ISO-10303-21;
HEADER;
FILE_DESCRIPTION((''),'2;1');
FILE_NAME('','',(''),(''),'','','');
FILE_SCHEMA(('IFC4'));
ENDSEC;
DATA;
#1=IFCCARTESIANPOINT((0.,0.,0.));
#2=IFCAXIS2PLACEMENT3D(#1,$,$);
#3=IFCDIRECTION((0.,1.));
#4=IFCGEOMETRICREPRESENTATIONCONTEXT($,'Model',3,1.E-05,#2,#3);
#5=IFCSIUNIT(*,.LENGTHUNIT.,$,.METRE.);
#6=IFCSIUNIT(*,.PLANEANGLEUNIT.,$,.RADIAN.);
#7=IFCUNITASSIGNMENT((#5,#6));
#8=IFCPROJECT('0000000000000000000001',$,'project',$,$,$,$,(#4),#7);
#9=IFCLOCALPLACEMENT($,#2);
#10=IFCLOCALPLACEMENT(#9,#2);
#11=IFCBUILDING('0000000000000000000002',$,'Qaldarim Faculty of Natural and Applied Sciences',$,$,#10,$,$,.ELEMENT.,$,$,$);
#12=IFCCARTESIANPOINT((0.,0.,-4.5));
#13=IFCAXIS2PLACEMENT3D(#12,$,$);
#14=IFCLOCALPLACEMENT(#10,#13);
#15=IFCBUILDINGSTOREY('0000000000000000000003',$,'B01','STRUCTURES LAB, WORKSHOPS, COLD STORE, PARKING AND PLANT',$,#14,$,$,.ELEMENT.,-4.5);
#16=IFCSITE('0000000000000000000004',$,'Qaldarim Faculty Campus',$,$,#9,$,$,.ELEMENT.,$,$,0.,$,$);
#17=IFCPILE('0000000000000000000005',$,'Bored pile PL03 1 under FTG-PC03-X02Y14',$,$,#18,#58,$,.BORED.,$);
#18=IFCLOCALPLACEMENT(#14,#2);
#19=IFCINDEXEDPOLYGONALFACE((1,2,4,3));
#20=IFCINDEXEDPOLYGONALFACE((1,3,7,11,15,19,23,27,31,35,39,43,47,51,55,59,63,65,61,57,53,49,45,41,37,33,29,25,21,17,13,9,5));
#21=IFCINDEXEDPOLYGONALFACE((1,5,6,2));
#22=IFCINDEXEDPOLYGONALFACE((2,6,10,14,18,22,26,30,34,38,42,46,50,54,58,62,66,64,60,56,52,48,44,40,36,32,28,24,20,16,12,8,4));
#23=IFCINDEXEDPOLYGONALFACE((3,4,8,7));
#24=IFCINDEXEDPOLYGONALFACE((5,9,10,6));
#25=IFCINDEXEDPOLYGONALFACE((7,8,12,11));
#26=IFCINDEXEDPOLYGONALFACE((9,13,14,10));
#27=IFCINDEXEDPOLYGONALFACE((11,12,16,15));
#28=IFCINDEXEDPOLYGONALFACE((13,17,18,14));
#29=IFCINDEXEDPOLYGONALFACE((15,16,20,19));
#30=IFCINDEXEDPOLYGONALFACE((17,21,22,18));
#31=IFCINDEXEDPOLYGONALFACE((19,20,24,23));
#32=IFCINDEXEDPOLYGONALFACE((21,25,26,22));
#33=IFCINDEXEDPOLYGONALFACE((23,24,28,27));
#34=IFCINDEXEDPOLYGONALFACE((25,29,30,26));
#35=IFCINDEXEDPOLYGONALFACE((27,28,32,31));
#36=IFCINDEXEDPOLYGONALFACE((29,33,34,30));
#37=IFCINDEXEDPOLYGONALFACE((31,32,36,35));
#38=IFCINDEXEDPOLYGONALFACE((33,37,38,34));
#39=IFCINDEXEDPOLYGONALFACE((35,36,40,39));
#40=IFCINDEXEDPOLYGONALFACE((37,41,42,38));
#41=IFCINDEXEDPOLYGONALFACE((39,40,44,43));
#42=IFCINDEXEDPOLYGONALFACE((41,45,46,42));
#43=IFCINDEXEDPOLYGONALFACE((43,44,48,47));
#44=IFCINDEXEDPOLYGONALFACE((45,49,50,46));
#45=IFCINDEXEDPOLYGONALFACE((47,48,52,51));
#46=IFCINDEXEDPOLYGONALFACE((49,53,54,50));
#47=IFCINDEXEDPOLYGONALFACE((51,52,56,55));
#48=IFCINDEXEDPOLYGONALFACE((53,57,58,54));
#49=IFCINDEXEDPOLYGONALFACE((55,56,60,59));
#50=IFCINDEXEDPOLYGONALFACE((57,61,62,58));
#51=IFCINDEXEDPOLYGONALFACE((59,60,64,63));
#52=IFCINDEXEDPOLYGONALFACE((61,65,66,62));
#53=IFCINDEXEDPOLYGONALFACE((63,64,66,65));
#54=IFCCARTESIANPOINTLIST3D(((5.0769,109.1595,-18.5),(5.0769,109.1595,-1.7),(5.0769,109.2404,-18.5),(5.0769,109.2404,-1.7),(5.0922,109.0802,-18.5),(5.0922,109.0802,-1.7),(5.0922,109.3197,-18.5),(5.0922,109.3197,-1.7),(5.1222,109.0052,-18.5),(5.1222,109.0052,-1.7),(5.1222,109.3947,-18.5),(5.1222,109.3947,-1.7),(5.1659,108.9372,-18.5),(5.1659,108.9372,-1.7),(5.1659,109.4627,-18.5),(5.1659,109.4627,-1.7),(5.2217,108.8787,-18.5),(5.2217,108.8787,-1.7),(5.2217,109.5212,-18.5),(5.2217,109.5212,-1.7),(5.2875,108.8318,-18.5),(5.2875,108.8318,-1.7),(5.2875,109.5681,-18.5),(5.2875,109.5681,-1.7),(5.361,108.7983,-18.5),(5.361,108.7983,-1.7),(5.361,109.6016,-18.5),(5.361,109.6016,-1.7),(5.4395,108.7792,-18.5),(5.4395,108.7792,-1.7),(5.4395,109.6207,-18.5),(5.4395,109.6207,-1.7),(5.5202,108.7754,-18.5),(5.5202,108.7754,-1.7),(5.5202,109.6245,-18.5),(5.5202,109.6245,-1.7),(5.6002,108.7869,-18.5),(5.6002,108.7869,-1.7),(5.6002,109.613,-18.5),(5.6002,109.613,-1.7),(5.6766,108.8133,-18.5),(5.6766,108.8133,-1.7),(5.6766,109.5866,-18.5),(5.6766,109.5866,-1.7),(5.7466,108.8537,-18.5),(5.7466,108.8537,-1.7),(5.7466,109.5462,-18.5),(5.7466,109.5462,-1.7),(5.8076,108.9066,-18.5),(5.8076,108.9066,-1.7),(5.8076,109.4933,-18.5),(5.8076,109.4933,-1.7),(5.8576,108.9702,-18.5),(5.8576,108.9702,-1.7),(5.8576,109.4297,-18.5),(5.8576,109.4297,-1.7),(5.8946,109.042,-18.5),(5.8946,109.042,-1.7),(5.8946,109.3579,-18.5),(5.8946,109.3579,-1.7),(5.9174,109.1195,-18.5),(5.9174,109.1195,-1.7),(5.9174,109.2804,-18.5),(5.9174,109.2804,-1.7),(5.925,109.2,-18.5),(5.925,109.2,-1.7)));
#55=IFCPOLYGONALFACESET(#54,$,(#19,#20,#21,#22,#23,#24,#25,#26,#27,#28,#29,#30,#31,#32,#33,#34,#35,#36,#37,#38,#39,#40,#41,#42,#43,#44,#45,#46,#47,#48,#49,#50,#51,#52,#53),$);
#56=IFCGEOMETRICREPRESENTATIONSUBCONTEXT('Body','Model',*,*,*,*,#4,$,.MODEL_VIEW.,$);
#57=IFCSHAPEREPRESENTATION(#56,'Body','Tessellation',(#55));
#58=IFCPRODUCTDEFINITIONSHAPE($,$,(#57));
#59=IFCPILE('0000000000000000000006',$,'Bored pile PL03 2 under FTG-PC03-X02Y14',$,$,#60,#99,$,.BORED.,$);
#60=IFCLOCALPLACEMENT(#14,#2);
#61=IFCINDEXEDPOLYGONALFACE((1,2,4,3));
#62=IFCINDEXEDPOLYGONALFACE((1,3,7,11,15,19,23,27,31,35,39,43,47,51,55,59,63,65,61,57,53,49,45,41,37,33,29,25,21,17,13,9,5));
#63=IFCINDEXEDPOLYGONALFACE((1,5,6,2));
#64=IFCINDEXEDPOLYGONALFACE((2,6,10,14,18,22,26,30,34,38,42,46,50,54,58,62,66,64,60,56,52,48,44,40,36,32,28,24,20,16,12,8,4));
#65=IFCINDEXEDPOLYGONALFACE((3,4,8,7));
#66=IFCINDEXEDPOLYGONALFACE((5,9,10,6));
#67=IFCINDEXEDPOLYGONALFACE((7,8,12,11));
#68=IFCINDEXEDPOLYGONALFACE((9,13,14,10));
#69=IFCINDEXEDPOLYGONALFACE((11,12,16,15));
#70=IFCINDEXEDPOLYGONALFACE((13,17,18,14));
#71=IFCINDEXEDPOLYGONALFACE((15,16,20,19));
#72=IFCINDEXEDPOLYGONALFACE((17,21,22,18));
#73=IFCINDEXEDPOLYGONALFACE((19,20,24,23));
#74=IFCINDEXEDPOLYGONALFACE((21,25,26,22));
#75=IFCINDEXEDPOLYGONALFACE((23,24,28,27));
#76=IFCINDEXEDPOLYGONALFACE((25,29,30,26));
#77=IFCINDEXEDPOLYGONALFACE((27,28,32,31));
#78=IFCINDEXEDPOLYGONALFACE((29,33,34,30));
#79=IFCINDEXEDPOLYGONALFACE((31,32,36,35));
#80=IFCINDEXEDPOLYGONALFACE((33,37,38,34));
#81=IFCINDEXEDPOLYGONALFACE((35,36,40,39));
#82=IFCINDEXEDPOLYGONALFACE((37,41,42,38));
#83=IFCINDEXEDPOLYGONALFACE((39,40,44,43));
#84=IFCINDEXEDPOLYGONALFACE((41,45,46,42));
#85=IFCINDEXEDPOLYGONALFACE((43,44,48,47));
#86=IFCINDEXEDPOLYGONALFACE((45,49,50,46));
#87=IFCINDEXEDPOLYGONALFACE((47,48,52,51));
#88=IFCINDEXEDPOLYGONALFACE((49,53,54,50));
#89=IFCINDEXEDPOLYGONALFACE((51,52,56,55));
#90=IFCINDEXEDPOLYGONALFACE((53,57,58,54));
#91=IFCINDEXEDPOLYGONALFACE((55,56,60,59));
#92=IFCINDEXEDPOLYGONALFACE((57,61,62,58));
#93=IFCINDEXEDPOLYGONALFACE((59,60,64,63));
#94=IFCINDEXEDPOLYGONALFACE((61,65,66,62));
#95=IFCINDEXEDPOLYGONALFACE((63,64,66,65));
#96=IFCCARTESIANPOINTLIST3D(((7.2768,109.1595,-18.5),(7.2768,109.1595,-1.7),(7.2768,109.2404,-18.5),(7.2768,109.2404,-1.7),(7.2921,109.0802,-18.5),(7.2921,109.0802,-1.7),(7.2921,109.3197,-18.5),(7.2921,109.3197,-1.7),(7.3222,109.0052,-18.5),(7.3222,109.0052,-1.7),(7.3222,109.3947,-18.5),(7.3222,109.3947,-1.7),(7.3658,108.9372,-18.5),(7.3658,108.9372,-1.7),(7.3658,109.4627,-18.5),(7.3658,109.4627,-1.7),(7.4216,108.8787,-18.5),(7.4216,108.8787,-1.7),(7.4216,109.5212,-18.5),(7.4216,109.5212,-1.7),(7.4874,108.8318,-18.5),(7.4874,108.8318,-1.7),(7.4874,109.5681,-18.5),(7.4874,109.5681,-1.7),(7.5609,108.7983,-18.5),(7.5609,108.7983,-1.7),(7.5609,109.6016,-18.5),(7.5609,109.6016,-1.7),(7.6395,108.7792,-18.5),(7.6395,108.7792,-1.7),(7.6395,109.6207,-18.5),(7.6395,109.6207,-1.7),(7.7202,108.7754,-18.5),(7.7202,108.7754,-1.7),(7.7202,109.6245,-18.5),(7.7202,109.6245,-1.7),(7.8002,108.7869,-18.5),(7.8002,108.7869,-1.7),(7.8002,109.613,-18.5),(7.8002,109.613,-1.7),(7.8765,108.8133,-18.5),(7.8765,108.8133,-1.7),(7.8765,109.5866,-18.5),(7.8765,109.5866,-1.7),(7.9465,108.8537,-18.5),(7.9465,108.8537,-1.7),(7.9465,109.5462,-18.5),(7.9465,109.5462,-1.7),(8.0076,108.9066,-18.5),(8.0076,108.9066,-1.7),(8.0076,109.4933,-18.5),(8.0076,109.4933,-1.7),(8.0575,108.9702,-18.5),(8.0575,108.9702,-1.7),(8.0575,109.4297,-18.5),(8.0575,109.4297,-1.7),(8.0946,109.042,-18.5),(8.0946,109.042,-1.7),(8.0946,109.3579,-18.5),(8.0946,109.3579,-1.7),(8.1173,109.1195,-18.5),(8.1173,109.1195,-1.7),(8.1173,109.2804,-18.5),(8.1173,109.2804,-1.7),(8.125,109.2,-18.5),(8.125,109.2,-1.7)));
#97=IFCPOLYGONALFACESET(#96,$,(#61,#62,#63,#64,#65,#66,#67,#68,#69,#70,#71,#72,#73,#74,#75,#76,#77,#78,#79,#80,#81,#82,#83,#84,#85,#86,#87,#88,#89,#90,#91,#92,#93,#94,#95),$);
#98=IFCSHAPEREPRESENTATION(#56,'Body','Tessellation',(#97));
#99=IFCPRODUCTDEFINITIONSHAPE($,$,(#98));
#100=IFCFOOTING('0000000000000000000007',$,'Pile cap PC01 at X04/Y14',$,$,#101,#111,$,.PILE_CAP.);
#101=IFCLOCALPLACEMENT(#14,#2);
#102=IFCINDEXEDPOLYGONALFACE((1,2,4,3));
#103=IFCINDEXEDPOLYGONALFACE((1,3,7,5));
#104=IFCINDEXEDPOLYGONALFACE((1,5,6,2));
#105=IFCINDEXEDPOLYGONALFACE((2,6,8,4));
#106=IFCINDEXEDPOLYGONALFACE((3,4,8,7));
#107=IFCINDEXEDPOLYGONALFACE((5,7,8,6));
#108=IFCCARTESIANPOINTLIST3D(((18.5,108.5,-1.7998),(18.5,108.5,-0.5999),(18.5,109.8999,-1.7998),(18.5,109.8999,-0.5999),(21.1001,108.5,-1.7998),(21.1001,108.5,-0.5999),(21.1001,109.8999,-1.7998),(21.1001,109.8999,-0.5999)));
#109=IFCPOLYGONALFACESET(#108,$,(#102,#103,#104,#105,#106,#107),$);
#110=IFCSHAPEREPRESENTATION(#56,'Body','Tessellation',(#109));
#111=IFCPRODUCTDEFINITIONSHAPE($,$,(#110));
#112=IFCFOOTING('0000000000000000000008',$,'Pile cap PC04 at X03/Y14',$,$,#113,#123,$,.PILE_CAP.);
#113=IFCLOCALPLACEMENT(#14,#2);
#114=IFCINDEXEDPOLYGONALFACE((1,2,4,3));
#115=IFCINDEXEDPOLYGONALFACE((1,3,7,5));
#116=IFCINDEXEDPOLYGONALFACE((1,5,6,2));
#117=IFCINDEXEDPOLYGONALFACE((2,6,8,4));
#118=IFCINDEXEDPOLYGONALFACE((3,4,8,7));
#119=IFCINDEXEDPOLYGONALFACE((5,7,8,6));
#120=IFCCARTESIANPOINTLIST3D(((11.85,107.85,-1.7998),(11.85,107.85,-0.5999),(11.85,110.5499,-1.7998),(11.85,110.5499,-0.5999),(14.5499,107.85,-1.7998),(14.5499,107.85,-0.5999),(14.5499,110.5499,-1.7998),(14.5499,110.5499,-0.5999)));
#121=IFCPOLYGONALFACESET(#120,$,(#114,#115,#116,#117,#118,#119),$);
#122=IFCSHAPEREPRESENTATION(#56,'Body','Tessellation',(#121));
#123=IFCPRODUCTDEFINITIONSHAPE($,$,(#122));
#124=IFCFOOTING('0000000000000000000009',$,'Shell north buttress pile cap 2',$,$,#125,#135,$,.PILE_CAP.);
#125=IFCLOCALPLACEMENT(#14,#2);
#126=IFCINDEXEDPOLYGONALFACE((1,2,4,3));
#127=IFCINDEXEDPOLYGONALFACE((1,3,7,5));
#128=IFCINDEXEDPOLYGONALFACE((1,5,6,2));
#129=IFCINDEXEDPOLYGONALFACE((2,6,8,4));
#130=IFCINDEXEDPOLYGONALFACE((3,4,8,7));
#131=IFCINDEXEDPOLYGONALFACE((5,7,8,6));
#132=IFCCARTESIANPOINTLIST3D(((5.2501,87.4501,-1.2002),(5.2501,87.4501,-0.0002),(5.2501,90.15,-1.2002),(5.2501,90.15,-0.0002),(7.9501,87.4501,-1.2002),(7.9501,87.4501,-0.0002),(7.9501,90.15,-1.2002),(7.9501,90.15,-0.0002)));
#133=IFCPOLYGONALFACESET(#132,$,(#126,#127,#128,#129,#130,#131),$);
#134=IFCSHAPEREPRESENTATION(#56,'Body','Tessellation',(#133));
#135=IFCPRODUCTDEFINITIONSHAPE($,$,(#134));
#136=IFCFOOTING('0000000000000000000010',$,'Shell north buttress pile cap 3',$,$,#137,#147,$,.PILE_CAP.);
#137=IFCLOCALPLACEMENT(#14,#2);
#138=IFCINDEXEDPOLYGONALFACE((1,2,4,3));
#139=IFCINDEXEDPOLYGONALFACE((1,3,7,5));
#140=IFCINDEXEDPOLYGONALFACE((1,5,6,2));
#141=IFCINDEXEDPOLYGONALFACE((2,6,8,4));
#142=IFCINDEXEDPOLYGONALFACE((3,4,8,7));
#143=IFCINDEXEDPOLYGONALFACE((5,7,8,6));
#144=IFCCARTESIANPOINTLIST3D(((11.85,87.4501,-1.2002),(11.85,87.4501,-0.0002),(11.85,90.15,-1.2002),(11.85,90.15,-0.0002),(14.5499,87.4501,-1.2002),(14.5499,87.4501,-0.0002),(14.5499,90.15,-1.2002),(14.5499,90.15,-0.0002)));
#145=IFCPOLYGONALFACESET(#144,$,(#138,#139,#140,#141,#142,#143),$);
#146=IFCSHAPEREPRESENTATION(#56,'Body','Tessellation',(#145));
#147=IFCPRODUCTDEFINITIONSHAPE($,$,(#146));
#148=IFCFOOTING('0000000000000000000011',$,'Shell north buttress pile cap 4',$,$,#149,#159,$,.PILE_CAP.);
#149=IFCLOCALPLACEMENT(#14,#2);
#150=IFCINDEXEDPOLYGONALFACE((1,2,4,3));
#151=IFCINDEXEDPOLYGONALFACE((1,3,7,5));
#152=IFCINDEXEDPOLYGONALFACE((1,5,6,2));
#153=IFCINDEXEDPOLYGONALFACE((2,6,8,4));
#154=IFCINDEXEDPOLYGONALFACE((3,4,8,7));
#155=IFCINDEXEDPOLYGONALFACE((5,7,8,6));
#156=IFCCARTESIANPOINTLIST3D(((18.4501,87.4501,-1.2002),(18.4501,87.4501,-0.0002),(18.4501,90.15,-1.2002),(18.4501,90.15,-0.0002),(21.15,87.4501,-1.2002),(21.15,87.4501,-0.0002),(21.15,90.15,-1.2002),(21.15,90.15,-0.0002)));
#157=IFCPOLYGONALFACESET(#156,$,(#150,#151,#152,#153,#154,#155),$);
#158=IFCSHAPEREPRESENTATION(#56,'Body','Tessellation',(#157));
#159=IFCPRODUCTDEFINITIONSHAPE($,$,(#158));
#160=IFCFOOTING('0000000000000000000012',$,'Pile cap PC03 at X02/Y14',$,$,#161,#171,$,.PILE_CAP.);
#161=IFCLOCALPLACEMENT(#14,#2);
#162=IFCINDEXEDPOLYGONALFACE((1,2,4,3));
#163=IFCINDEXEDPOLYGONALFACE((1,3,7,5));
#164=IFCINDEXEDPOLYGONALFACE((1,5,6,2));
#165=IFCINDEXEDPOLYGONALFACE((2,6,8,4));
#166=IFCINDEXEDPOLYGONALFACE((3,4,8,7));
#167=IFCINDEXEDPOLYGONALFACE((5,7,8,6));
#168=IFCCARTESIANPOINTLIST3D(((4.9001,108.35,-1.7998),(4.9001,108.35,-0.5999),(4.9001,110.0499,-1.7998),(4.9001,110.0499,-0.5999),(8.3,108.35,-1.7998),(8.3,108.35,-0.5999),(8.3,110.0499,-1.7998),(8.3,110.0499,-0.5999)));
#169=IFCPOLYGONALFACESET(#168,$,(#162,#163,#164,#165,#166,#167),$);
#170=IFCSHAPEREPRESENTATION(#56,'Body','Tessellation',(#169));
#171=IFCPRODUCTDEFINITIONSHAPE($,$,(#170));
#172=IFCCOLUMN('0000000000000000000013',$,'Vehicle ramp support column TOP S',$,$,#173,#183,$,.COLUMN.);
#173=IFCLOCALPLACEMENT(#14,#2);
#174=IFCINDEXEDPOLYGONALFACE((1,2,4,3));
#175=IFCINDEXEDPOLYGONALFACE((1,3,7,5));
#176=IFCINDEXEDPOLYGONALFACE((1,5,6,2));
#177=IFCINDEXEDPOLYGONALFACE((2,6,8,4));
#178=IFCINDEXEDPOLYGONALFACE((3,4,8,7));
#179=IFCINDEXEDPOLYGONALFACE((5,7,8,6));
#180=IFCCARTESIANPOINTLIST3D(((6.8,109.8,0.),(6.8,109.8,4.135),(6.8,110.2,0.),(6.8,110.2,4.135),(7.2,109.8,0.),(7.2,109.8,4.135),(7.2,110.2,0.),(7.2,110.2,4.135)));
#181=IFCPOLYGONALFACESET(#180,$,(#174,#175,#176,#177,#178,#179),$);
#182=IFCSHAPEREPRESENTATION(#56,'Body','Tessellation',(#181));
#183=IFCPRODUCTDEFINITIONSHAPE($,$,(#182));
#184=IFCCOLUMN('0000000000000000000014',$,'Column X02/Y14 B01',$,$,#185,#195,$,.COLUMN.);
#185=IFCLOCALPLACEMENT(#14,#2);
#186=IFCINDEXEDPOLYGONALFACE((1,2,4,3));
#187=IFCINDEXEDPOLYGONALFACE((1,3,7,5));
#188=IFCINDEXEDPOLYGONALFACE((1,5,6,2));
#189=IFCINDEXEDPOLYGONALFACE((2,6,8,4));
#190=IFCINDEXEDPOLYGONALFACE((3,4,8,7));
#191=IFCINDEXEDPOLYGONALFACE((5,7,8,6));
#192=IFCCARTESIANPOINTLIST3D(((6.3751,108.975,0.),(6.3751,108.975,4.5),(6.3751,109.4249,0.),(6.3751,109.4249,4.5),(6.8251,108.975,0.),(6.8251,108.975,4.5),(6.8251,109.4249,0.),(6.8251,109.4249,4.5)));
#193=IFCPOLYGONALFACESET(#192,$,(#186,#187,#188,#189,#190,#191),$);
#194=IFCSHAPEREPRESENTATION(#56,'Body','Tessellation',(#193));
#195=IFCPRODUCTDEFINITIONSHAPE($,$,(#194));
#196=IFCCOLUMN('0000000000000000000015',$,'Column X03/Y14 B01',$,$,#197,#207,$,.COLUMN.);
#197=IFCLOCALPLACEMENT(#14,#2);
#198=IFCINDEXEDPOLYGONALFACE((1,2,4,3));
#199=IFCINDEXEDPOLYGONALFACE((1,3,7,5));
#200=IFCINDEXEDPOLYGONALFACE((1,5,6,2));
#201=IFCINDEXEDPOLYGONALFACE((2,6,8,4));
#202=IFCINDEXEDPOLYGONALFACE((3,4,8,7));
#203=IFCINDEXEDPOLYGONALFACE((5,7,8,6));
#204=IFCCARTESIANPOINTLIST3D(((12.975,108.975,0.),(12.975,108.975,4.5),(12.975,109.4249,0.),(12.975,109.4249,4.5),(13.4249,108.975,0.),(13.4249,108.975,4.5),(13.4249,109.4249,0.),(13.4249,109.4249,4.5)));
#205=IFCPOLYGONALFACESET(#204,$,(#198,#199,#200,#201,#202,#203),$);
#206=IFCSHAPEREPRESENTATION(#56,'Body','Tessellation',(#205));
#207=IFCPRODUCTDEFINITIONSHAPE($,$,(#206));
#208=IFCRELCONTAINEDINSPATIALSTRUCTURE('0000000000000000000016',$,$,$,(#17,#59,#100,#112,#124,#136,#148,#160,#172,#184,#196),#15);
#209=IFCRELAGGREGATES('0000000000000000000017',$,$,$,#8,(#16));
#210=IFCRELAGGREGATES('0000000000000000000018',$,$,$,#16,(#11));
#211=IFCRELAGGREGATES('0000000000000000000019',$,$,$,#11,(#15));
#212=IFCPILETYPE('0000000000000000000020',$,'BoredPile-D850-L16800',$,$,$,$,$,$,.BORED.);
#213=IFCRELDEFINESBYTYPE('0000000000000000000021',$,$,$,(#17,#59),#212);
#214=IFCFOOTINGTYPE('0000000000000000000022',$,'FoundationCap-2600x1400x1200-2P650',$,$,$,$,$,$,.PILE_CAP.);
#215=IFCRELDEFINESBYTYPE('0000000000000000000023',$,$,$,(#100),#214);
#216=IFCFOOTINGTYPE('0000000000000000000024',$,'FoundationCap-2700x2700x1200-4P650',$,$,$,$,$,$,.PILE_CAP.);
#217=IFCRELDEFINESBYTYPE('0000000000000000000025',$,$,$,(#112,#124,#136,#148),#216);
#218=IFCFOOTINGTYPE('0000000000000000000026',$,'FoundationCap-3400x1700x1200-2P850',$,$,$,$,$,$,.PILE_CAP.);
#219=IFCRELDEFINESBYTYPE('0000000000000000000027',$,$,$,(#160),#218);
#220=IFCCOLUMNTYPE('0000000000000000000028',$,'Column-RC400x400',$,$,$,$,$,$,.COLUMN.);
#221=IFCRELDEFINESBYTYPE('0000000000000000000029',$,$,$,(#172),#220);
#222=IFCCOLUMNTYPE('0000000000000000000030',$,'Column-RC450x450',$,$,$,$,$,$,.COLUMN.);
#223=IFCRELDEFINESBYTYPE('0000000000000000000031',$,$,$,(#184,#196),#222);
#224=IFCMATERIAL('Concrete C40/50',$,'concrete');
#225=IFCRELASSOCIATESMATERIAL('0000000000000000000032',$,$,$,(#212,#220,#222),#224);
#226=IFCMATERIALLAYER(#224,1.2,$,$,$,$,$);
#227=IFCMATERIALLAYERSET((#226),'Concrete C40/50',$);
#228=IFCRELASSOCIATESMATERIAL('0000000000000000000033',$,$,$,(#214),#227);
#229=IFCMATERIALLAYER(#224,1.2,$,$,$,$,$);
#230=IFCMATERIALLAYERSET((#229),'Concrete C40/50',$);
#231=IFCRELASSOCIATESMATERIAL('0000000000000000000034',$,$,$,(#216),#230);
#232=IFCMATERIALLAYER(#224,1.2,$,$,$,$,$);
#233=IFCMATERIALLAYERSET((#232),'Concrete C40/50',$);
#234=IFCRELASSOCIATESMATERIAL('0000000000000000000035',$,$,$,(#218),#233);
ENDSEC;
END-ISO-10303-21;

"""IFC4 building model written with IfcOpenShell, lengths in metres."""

from ifc_helpers import new_model, si_unit, direction, frame, origin, origin_2d, place, context, subcontext, project, spatial, rectangle, circle, extrude, material, layer, layer_set, material_profile, profile_set, type_object, element, save


model = new_model("IFC4")

# Units and contexts
model_context = context("Model", 3, precision=1e-05, world=origin(), true_north=direction((0.0, 1.0)))
body_context = subcontext(model_context, "Body", "Model", "MODEL_VIEW")
ifc_project = project(units=[si_unit("LENGTHUNIT", "METRE"), si_unit("PLANEANGLEUNIT", "RADIAN")], contexts=[model_context])

# Site, building, storey
site_placement = place(None, origin())
site = spatial("IfcSite", under=ifc_project, at=site_placement, Name="Qaldarim Faculty Campus", CompositionType="ELEMENT", RefElevation=0.0)
building_placement = place(site_placement, origin())
building = spatial("IfcBuilding", under=site, at=building_placement, Name="Qaldarim Faculty of Natural and Applied Sciences", CompositionType="ELEMENT")
storey_placement = place(building_placement, frame((0.0, 0.0, -4.5)))
storey = spatial("IfcBuildingStorey", under=building, at=storey_placement, Name="B01", Description="STRUCTURES LAB, WORKSHOPS, COLD STORE, PARKING AND PLANT", CompositionType="ELEMENT", Elevation=-4.5)

# Piles
ifc_material_1 = material(Name="Concrete C40/50", Category="concrete")
ifc_material_profile_1 = material_profile(ifc_material_1, circle(Radius=0.425, at=origin_2d()), Name="PILE-D850")
ifc_profile_set_1 = profile_set([ifc_material_profile_1], Name="Concrete C40/50")
pile_type_1 = type_object("IfcPileType", Name="BoredPile-D850-L16800", PredefinedType="BORED", material=ifc_profile_set_1)
for number, where, z_axis, x_axis, name in (
    (1, (5.5, 109.2, -1.7), (0.0, 0.0, -1.0), (1.0, 0.0, 0.0), "Bored pile PL03 1 under FTG-PC03-X02Y14"),
    (2, (7.7, 109.2, -1.7), (0.0, 0.0, -1.0), (1.0, 0.0, 0.0), "Bored pile PL03 2 under FTG-PC03-X02Y14"),
):
    element("IfcPile", number, at=place(storey_placement, frame(where, z_axis=z_axis, x_axis=x_axis)), inside=storey, type_object=pile_type_1, Name=name, PredefinedType="BORED", context=body_context, shape_type="SweptSolid", body=[
        extrude(circle(Radius=0.425, at=origin_2d()), origin(), (0.0, 0.0, 1.0), 16.8),
    ])

# Footings
ifc_layer_1 = layer(ifc_material_1, 1.2)
ifc_layer_set_1 = layer_set([ifc_layer_1], Name="Concrete C40/50")
footing_type_1 = type_object("IfcFootingType", Name="FoundationCap-2600x1400x1200-2P650", PredefinedType="PILE_CAP", material=ifc_layer_set_1)
footing_1_placement = place(storey_placement, frame((19.8, 109.2, -1.7998), z_axis=(0.0, 0.0, 1.0), x_axis=(1.0, 0.0, 0.0)))
element("IfcFooting", 3, at=footing_1_placement, inside=storey, type_object=footing_type_1, Name="Pile cap PC01 at X04/Y14", PredefinedType="PILE_CAP", context=body_context, shape_type="SweptSolid", body=[
    extrude(rectangle(XDim=2.6001, YDim=1.3999, at=origin_2d()), origin(), (0.0, 0.0, 1.0), 1.2),
])
ifc_layer_2 = layer(ifc_material_1, 1.2)
ifc_layer_set_2 = layer_set([ifc_layer_2], Name="Concrete C40/50")
footing_type_2 = type_object("IfcFootingType", Name="FoundationCap-2700x2700x1200-4P650", PredefinedType="PILE_CAP", material=ifc_layer_set_2)
for number, where, z_axis, x_axis, name in (
    (4, (13.2, 109.2, -1.7998), (0.0, 0.0, 1.0), (1.0, 0.0, 0.0), "Pile cap PC04 at X03/Y14"),
    (5, (6.6001, 88.8, -1.2002), (0.0, 0.0, 1.0), (1.0, 0.0, 0.0), "Shell north buttress pile cap 2"),
    (6, (13.2, 88.8, -1.2002), (0.0, 0.0, 1.0), (1.0, 0.0, 0.0), "Shell north buttress pile cap 3"),
    (7, (19.8, 88.8, -1.2002), (0.0, 0.0, 1.0), (1.0, 0.0, 0.0), "Shell north buttress pile cap 4"),
):
    element("IfcFooting", number, at=place(storey_placement, frame(where, z_axis=z_axis, x_axis=x_axis)), inside=storey, type_object=footing_type_2, Name=name, PredefinedType="PILE_CAP", context=body_context, shape_type="SweptSolid", body=[
        extrude(rectangle(XDim=2.7, YDim=2.7, at=origin_2d()), origin(), (0.0, 0.0, 1.0), 1.2),
    ])
ifc_layer_3 = layer(ifc_material_1, 1.2)
ifc_layer_set_3 = layer_set([ifc_layer_3], Name="Concrete C40/50")
footing_type_3 = type_object("IfcFootingType", Name="FoundationCap-3400x1700x1200-2P850", PredefinedType="PILE_CAP", material=ifc_layer_set_3)
footing_2_placement = place(storey_placement, frame((6.6001, 109.2, -1.7998), z_axis=(0.0, 0.0, 1.0), x_axis=(1.0, 0.0, 0.0)))
element("IfcFooting", 8, at=footing_2_placement, inside=storey, type_object=footing_type_3, Name="Pile cap PC03 at X02/Y14", PredefinedType="PILE_CAP", context=body_context, shape_type="SweptSolid", body=[
    extrude(rectangle(XDim=3.3999, YDim=1.7, at=origin_2d()), origin(), (0.0, 0.0, 1.0), 1.2),
])

# Columns
ifc_material_profile_2 = material_profile(ifc_material_1, rectangle(XDim=0.3999, YDim=0.3999, at=origin_2d()), Name="RC-C400x400")
ifc_profile_set_2 = profile_set([ifc_material_profile_2], Name="Concrete C40/50")
column_type_1 = type_object("IfcColumnType", Name="Column-RC400x400", PredefinedType="COLUMN", material=ifc_profile_set_2)
column_placement = place(storey_placement, frame((7.0, 110.0, 0.0), z_axis=(0.0, 0.0, 1.0), x_axis=(1.0, 0.0, 0.0)))
element("IfcColumn", 9, at=column_placement, inside=storey, type_object=column_type_1, Name="Vehicle ramp support column TOP S", PredefinedType="COLUMN", context=body_context, shape_type="SweptSolid", body=[
    extrude(rectangle(XDim=0.3999, YDim=0.3999, at=origin_2d()), origin(), (0.0, 0.0, 1.0), 4.135),
])
ifc_material_profile_3 = material_profile(ifc_material_1, rectangle(XDim=0.45, YDim=0.45, at=origin_2d()), Name="RC-C450x450")
ifc_profile_set_3 = profile_set([ifc_material_profile_3], Name="Concrete C40/50")
column_type_2 = type_object("IfcColumnType", Name="Column-RC450x450", PredefinedType="COLUMN", material=ifc_profile_set_3)
for number, where, z_axis, x_axis, name in (
    (10, (6.6001, 109.2, 0.0), (0.0, 0.0, 1.0), (1.0, 0.0, 0.0), "Column X02/Y14 B01"),
    (11, (13.2, 109.2, 0.0), (0.0, 0.0, 1.0), (1.0, 0.0, 0.0), "Column X03/Y14 B01"),
):
    element("IfcColumn", number, at=place(storey_placement, frame(where, z_axis=z_axis, x_axis=x_axis)), inside=storey, type_object=column_type_2, Name=name, PredefinedType="COLUMN", context=body_context, shape_type="SweptSolid", body=[
        extrude(rectangle(XDim=0.45, YDim=0.45, at=origin_2d()), origin(), (0.0, 0.0, 1.0), 4.5),
    ])

save(model, "model.ifc")
